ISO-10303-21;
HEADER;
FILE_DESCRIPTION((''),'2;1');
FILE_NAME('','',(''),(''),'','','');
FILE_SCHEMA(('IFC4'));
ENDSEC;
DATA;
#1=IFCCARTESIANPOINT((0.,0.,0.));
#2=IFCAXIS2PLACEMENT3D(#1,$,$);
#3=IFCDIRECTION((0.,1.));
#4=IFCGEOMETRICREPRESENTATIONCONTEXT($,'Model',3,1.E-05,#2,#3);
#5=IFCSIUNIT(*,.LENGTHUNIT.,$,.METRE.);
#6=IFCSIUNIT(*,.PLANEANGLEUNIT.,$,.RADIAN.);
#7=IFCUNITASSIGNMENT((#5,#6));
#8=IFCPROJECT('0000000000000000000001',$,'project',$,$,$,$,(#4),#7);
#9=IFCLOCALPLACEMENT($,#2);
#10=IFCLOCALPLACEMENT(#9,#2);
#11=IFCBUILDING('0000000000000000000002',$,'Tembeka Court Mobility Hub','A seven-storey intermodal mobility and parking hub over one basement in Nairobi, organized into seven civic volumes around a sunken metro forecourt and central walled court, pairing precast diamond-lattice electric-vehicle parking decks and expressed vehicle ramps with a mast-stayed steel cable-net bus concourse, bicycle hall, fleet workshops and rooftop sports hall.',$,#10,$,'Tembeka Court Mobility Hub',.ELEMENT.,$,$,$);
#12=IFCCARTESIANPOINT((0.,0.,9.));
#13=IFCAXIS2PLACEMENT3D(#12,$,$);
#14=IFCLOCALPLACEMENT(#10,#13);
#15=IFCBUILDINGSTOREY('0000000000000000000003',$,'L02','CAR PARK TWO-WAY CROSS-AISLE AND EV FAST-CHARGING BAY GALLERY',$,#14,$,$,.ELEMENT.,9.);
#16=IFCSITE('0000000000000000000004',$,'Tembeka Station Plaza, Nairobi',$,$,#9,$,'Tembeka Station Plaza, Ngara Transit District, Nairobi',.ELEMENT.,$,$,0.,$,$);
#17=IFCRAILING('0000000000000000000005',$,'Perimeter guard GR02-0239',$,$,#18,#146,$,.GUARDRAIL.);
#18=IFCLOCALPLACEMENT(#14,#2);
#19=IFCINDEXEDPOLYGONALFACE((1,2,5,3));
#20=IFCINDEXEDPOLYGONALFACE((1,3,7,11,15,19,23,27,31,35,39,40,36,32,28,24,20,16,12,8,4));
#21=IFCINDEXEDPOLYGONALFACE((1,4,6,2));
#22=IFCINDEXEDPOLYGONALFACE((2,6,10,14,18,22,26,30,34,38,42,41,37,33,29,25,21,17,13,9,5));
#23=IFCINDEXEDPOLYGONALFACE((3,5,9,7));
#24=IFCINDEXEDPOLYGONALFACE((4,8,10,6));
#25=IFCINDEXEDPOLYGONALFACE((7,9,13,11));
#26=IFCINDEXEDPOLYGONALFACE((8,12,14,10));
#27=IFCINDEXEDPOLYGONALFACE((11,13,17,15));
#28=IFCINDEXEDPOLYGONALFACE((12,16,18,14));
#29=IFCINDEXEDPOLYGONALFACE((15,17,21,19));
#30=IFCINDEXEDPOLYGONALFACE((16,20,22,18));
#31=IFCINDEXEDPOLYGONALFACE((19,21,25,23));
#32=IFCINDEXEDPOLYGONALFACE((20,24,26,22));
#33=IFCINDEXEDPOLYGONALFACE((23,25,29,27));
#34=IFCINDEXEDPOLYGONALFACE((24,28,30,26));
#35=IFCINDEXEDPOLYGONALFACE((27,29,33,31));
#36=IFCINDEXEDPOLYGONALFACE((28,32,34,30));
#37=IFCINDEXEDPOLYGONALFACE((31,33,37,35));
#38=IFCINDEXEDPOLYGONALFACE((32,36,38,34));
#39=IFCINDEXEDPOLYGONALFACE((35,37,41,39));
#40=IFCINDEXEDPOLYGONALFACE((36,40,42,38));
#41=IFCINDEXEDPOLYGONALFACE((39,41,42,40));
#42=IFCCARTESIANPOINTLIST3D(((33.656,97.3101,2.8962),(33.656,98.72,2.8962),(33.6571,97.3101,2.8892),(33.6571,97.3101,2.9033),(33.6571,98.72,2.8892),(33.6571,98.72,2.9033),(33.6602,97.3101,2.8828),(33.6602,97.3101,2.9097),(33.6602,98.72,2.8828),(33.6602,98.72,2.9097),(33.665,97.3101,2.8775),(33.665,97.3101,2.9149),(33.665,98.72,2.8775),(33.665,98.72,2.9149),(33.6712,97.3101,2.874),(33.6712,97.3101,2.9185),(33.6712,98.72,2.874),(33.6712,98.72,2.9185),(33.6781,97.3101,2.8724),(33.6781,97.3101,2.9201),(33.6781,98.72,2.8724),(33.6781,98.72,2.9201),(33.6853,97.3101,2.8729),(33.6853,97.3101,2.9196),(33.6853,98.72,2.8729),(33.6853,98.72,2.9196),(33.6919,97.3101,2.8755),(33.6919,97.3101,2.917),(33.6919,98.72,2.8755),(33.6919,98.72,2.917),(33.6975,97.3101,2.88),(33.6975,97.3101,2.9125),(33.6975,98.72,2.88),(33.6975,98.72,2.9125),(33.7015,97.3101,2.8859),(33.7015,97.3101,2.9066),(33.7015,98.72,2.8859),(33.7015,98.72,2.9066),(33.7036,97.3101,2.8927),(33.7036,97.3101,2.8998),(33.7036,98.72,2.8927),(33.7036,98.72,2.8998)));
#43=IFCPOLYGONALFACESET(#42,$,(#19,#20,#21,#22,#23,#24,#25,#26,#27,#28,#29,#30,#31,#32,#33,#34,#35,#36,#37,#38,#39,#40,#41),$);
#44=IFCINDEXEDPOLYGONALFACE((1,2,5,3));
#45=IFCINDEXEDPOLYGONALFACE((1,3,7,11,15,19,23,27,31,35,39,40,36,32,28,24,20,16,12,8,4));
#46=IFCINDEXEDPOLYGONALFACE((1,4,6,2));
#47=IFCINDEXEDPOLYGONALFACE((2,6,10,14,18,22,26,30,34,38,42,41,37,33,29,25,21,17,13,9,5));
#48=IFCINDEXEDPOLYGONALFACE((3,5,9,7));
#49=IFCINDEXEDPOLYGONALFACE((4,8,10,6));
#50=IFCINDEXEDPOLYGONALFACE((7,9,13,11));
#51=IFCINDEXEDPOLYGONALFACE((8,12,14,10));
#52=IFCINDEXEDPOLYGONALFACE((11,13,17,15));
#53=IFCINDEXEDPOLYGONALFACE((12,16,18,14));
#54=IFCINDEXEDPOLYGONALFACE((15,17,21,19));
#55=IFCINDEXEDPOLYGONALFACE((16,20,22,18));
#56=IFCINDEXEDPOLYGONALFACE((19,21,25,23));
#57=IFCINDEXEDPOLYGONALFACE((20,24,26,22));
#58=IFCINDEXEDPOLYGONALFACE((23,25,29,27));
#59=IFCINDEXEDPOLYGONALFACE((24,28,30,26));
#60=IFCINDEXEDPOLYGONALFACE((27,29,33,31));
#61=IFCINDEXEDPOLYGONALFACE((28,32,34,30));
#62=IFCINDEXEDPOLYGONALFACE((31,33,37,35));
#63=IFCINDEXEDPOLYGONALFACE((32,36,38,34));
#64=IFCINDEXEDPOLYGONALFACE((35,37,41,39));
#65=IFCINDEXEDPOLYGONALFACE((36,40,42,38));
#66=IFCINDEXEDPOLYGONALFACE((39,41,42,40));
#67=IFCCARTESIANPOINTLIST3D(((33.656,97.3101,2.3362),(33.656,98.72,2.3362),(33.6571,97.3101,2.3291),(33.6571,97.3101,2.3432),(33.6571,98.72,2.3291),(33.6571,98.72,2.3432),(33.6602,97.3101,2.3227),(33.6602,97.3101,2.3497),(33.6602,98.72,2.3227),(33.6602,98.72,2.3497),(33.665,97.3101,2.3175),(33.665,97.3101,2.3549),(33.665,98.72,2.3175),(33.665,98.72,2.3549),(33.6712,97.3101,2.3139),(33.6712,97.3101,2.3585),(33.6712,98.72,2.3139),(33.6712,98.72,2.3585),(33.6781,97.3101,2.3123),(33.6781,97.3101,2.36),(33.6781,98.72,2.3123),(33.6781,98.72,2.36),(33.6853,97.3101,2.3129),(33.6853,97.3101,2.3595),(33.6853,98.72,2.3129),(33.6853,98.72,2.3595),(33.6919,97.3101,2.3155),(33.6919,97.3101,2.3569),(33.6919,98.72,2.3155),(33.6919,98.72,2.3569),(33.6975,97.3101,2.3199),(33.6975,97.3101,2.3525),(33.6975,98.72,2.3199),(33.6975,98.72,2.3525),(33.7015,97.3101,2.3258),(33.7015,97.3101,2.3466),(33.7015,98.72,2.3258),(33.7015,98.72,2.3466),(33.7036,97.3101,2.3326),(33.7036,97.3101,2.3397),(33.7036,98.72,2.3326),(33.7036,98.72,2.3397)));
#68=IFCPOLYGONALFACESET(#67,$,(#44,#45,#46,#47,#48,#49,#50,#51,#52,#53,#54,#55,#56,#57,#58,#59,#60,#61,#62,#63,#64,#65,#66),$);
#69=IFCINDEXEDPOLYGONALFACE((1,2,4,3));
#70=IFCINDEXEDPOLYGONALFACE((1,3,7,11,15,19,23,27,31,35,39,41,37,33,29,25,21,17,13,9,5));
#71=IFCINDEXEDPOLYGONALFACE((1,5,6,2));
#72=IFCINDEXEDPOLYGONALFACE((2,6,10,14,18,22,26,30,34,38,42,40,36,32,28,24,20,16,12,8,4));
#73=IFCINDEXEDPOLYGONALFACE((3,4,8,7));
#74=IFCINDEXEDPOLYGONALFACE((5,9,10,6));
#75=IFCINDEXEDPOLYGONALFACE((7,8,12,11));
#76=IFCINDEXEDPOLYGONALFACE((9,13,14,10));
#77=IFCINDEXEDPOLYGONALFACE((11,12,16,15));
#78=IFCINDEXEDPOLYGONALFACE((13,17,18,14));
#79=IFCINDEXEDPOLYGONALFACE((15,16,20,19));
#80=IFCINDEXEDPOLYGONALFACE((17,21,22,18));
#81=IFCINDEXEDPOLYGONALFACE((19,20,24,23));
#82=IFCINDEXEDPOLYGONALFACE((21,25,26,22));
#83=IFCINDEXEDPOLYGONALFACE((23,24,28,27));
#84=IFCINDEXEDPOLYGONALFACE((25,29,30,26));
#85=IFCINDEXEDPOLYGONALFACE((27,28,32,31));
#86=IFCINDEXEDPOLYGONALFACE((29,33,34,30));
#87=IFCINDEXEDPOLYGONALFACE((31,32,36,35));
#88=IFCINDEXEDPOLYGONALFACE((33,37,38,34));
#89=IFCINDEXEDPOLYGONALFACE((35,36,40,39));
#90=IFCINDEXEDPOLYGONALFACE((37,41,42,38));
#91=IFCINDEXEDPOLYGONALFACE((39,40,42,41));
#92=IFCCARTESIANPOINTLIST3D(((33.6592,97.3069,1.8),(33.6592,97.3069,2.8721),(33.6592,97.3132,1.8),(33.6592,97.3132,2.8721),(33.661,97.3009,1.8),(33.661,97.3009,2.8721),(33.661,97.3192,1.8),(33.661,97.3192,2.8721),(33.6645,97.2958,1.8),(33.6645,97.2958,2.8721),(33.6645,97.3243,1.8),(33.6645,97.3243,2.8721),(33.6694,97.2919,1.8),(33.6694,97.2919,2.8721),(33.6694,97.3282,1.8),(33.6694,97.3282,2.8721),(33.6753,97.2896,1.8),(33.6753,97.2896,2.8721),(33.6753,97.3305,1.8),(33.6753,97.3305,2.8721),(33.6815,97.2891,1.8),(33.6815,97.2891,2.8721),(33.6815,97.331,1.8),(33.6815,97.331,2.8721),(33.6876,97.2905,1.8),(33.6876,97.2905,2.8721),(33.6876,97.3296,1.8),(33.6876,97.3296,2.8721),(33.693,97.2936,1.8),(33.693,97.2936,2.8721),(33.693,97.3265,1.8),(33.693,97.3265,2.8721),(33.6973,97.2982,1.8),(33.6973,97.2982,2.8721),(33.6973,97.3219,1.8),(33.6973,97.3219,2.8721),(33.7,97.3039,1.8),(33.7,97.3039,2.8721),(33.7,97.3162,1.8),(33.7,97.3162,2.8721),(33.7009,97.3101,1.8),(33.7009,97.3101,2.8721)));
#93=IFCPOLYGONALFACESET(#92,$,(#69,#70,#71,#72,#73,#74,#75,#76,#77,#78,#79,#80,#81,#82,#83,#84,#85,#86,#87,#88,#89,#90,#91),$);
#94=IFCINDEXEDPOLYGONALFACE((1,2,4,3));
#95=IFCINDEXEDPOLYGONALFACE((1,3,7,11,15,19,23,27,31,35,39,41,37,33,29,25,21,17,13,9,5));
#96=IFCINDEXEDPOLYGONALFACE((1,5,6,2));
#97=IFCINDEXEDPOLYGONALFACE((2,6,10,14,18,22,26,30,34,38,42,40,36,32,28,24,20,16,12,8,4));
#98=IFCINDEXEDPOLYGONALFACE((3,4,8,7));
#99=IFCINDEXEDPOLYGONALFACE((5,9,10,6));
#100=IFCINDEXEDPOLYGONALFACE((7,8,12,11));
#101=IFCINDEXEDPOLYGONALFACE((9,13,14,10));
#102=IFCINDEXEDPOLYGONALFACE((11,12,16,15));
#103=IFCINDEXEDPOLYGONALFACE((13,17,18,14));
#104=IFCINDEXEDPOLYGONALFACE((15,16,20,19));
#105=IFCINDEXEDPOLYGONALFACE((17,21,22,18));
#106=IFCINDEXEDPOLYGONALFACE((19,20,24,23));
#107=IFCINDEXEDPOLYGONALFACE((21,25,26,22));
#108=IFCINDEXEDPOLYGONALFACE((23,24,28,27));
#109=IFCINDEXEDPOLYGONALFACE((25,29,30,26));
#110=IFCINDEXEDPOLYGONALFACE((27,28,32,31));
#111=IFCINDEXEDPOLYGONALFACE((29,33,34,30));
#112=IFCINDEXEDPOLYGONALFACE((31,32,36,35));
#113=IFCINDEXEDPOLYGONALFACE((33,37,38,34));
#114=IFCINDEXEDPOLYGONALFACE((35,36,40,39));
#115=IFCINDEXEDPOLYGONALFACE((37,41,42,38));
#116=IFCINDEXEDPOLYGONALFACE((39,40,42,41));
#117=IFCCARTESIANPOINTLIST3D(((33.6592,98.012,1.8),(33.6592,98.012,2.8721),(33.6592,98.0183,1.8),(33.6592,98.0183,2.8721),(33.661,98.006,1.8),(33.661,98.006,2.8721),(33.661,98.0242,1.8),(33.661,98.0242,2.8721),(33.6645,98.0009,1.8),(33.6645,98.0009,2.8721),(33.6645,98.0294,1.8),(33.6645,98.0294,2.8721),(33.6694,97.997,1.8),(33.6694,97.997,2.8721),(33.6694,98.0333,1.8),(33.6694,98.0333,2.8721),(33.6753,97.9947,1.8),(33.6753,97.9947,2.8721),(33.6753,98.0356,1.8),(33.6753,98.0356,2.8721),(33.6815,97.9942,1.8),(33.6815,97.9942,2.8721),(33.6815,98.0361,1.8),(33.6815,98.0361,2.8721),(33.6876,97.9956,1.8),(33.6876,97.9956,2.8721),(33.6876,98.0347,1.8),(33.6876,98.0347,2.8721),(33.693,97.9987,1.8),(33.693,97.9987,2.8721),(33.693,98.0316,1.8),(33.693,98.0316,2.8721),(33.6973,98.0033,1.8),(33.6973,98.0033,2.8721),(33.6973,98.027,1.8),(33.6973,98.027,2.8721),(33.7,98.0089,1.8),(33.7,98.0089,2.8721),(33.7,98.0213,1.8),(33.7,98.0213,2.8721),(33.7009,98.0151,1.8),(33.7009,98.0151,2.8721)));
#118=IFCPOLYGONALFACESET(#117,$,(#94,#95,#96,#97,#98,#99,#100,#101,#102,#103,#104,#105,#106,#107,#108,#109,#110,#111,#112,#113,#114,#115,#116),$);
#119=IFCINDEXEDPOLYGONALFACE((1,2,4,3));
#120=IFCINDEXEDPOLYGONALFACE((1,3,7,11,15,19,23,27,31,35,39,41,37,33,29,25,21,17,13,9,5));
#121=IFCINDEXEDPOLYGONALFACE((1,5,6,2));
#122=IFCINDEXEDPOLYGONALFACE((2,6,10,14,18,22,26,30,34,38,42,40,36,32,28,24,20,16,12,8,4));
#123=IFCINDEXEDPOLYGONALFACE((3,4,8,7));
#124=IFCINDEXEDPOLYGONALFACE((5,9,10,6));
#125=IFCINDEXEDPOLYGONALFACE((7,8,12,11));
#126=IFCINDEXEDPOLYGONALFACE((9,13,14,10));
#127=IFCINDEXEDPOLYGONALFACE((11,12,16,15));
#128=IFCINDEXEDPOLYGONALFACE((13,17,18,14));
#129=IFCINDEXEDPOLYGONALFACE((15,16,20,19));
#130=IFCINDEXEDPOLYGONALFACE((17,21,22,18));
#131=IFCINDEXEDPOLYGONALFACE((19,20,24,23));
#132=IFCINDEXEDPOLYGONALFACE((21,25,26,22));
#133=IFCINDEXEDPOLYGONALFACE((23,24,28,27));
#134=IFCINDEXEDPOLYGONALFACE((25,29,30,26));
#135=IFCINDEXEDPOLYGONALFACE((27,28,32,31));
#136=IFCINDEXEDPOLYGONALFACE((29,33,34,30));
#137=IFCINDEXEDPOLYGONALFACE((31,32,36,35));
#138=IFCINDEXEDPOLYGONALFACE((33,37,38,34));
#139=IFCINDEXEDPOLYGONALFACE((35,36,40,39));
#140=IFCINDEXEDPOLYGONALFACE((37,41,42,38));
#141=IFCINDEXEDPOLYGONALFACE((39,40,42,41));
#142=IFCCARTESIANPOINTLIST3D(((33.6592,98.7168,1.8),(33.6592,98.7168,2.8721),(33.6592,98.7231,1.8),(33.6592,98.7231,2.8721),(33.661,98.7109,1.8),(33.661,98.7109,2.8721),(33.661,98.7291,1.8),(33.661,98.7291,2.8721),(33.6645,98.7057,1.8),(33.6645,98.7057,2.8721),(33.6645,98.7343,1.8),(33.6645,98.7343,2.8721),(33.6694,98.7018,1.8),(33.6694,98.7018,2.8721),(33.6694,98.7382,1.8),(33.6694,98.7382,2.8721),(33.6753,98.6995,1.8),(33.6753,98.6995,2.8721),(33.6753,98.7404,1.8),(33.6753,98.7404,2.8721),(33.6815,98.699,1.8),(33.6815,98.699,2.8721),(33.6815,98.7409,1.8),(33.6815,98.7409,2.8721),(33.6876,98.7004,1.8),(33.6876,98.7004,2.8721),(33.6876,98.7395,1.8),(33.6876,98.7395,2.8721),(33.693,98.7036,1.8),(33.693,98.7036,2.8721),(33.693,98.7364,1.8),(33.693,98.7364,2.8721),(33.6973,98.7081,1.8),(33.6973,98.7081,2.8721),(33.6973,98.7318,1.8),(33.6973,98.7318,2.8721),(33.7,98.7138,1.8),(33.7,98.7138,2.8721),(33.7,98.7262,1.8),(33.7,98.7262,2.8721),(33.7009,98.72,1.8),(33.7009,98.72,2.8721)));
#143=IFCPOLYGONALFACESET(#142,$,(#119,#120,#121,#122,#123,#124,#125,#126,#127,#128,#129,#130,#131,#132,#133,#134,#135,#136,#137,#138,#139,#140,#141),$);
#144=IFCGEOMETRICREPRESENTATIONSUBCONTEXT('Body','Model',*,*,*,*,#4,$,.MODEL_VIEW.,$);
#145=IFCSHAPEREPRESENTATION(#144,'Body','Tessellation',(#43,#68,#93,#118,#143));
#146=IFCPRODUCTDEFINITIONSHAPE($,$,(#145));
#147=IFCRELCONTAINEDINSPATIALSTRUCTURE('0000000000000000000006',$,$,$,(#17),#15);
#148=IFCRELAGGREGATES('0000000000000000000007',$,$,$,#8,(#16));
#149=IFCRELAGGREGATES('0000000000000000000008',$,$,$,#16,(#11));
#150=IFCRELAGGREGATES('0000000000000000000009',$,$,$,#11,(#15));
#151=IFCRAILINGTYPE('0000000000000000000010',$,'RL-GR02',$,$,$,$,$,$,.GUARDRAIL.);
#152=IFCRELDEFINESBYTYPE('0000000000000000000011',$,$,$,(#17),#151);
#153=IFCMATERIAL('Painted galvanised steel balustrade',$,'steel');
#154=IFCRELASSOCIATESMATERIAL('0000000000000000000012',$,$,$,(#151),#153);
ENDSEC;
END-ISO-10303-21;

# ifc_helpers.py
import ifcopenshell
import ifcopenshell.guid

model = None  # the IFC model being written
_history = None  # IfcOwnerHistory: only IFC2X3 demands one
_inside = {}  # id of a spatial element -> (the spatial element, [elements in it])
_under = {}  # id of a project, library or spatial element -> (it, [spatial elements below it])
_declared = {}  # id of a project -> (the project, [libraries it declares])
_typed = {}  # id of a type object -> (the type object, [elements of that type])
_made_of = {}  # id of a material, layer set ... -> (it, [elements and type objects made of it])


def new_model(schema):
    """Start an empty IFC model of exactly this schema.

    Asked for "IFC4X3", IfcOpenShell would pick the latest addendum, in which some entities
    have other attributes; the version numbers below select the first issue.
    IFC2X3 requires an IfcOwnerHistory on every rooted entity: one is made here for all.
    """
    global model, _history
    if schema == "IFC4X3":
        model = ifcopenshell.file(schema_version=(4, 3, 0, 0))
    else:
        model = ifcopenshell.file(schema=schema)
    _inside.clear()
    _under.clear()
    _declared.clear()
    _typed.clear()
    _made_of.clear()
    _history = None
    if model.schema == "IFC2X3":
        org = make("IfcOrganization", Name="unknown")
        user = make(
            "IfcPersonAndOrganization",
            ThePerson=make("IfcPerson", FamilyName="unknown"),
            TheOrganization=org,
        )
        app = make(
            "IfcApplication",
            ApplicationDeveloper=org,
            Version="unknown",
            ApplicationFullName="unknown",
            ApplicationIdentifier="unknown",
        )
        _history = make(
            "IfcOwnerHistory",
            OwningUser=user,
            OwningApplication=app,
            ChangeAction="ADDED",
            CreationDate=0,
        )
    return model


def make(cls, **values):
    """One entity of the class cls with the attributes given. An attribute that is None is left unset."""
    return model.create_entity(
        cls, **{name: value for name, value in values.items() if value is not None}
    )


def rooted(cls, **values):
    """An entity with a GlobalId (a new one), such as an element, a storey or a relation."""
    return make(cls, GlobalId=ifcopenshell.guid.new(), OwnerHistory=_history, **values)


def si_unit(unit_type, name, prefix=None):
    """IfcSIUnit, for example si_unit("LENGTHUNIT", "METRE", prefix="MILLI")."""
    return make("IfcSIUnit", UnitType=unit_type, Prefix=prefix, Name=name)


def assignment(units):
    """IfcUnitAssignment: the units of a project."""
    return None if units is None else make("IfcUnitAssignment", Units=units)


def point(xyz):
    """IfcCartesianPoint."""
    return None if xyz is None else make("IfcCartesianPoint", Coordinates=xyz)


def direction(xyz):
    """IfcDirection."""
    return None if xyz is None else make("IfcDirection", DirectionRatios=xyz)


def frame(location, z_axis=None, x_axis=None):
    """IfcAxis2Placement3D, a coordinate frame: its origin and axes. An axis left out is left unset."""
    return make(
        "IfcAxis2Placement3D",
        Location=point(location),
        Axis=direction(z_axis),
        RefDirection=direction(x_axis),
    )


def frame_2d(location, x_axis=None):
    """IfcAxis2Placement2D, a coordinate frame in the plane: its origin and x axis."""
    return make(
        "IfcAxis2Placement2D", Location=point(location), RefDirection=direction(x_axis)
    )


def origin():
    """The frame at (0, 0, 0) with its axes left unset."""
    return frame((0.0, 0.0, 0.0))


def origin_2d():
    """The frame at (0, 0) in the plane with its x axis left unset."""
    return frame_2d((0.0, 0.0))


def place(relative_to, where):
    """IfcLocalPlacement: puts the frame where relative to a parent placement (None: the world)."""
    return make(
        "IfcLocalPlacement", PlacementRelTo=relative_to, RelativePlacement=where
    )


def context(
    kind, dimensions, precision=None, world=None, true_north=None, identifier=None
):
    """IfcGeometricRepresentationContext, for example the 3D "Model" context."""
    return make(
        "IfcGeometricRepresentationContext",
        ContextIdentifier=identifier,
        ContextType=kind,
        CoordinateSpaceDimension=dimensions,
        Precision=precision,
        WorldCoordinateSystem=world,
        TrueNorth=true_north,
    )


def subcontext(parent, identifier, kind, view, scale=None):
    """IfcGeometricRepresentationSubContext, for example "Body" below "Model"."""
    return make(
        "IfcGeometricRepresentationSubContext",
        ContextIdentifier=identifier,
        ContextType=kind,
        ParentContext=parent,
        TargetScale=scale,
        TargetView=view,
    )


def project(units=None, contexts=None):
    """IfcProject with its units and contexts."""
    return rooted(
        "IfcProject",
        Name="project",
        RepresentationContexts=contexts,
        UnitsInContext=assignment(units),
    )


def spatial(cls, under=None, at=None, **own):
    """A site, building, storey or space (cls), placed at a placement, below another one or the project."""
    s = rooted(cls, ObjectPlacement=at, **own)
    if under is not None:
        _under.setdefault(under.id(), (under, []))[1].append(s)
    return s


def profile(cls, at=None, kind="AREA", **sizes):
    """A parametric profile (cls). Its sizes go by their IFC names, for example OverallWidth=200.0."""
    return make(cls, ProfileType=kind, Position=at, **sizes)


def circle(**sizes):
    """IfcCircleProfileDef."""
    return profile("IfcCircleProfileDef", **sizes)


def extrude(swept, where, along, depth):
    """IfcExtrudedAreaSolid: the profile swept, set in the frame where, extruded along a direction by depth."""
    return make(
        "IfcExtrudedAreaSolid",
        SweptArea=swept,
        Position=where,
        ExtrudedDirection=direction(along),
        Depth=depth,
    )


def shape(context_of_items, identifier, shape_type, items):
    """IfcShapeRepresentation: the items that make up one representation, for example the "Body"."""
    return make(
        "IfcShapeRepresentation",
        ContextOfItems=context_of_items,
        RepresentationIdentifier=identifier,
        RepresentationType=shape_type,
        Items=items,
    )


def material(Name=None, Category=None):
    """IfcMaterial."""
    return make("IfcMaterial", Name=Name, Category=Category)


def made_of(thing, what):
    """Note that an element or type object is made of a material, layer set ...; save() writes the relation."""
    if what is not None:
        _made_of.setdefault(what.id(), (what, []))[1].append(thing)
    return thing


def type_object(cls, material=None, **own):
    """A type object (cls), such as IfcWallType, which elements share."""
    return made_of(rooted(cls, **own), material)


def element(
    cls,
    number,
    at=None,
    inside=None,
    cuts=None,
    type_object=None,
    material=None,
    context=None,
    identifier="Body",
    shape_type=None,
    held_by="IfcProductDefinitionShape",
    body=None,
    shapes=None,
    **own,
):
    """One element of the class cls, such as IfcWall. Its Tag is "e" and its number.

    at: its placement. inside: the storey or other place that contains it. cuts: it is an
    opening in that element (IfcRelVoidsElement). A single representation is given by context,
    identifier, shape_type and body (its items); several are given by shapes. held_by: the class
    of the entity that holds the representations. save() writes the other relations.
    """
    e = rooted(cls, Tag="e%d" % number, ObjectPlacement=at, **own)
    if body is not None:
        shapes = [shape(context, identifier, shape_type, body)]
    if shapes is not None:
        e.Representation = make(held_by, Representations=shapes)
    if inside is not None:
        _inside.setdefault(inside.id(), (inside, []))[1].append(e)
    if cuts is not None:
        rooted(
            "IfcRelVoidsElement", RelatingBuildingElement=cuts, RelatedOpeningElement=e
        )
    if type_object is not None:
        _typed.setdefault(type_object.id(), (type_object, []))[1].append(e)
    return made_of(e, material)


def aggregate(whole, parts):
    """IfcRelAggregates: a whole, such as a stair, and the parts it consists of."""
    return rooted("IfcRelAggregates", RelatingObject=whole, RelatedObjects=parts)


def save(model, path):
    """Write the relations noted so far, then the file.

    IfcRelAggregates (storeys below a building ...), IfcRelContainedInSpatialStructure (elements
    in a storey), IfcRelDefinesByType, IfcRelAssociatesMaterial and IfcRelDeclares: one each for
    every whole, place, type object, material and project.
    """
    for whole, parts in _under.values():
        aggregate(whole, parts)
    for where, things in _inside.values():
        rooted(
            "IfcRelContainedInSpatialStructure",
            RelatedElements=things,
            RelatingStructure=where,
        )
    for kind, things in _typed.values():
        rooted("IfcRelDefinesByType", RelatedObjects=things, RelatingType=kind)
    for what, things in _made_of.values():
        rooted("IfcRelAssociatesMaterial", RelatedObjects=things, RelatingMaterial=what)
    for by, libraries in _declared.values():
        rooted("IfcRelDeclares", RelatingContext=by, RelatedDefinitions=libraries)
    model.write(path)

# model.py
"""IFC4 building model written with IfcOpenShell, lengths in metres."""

from ifc_helpers import new_model, si_unit, direction, frame, origin, origin_2d, place, context, subcontext, project, spatial, circle, extrude, material, type_object, element, save


model = new_model("IFC4")

# Units and contexts
model_context = context("Model", 3, precision=1e-05, world=origin(), true_north=direction((0.0, 1.0)))
body_context = subcontext(model_context, "Body", "Model", "MODEL_VIEW")
ifc_project = project(units=[si_unit("LENGTHUNIT", "METRE"), si_unit("PLANEANGLEUNIT", "RADIAN")], contexts=[model_context])

# Site, building, storey
site_placement = place(None, origin())
site = spatial("IfcSite", under=ifc_project, at=site_placement, Name="Tembeka Station Plaza, Nairobi", LongName="Tembeka Station Plaza, Ngara Transit District, Nairobi", CompositionType="ELEMENT", RefElevation=0.0)
building_placement = place(site_placement, origin())
building = spatial("IfcBuilding", under=site, at=building_placement, Name="Tembeka Court Mobility Hub", Description="A seven-storey intermodal mobility and parking hub over one basement in Nairobi, organized into seven civic volumes around a sunken metro forecourt and central walled court, pairing precast diamond-lattice electric-vehicle parking decks and expressed vehicle ramps with a mast-stayed steel cable-net bus concourse, bicycle hall, fleet workshops and rooftop sports hall.", LongName="Tembeka Court Mobility Hub", CompositionType="ELEMENT")
storey_placement = place(building_placement, frame((0.0, 0.0, 9.0)))
storey = spatial("IfcBuildingStorey", under=building, at=storey_placement, Name="L02", Description="CAR PARK TWO-WAY CROSS-AISLE AND EV FAST-CHARGING BAY GALLERY", CompositionType="ELEMENT", Elevation=9.0)

# Railing
ifc_material_1 = material(Name="Painted galvanised steel balustrade", Category="steel")
railing_type = type_object("IfcRailingType", Name="RL-GR02", PredefinedType="GUARDRAIL", material=ifc_material_1)
railing_1_placement = place(storey_placement, frame((33.6799, 97.3101, 1.8)))
element("IfcRailing", 1, at=railing_1_placement, inside=storey, type_object=railing_type, Name="Perimeter guard GR02-0239", PredefinedType="GUARDRAIL", context=body_context, shape_type="SweptSolid", body=[
    extrude(circle(Radius=0.0239, at=origin_2d()), frame((0.0, 0.0, 1.0962), z_axis=(0.0, 1.0, 0.0), x_axis=(-1.0, 0.0, 0.0)), (0.0, 0.0, 1.0), 1.4099),
    extrude(circle(Radius=0.0239, at=origin_2d()), frame((0.0, 0.0, 0.5361), z_axis=(0.0, 1.0, 0.0), x_axis=(-1.0, 0.0, 0.0)), (0.0, 0.0, 1.0), 1.4099),
    extrude(circle(Radius=0.021, at=origin_2d()), origin(), (0.0, 0.0, 1.0), 1.072),
    extrude(circle(Radius=0.021, at=origin_2d()), frame((0.0, 0.7051, 0.0)), (0.0, 0.0, 1.0), 1.072),
    extrude(circle(Radius=0.021, at=origin_2d()), frame((0.0, 1.4099, 0.0)), (0.0, 0.0, 1.0), 1.072),
])

save(model, "model.ifc")
